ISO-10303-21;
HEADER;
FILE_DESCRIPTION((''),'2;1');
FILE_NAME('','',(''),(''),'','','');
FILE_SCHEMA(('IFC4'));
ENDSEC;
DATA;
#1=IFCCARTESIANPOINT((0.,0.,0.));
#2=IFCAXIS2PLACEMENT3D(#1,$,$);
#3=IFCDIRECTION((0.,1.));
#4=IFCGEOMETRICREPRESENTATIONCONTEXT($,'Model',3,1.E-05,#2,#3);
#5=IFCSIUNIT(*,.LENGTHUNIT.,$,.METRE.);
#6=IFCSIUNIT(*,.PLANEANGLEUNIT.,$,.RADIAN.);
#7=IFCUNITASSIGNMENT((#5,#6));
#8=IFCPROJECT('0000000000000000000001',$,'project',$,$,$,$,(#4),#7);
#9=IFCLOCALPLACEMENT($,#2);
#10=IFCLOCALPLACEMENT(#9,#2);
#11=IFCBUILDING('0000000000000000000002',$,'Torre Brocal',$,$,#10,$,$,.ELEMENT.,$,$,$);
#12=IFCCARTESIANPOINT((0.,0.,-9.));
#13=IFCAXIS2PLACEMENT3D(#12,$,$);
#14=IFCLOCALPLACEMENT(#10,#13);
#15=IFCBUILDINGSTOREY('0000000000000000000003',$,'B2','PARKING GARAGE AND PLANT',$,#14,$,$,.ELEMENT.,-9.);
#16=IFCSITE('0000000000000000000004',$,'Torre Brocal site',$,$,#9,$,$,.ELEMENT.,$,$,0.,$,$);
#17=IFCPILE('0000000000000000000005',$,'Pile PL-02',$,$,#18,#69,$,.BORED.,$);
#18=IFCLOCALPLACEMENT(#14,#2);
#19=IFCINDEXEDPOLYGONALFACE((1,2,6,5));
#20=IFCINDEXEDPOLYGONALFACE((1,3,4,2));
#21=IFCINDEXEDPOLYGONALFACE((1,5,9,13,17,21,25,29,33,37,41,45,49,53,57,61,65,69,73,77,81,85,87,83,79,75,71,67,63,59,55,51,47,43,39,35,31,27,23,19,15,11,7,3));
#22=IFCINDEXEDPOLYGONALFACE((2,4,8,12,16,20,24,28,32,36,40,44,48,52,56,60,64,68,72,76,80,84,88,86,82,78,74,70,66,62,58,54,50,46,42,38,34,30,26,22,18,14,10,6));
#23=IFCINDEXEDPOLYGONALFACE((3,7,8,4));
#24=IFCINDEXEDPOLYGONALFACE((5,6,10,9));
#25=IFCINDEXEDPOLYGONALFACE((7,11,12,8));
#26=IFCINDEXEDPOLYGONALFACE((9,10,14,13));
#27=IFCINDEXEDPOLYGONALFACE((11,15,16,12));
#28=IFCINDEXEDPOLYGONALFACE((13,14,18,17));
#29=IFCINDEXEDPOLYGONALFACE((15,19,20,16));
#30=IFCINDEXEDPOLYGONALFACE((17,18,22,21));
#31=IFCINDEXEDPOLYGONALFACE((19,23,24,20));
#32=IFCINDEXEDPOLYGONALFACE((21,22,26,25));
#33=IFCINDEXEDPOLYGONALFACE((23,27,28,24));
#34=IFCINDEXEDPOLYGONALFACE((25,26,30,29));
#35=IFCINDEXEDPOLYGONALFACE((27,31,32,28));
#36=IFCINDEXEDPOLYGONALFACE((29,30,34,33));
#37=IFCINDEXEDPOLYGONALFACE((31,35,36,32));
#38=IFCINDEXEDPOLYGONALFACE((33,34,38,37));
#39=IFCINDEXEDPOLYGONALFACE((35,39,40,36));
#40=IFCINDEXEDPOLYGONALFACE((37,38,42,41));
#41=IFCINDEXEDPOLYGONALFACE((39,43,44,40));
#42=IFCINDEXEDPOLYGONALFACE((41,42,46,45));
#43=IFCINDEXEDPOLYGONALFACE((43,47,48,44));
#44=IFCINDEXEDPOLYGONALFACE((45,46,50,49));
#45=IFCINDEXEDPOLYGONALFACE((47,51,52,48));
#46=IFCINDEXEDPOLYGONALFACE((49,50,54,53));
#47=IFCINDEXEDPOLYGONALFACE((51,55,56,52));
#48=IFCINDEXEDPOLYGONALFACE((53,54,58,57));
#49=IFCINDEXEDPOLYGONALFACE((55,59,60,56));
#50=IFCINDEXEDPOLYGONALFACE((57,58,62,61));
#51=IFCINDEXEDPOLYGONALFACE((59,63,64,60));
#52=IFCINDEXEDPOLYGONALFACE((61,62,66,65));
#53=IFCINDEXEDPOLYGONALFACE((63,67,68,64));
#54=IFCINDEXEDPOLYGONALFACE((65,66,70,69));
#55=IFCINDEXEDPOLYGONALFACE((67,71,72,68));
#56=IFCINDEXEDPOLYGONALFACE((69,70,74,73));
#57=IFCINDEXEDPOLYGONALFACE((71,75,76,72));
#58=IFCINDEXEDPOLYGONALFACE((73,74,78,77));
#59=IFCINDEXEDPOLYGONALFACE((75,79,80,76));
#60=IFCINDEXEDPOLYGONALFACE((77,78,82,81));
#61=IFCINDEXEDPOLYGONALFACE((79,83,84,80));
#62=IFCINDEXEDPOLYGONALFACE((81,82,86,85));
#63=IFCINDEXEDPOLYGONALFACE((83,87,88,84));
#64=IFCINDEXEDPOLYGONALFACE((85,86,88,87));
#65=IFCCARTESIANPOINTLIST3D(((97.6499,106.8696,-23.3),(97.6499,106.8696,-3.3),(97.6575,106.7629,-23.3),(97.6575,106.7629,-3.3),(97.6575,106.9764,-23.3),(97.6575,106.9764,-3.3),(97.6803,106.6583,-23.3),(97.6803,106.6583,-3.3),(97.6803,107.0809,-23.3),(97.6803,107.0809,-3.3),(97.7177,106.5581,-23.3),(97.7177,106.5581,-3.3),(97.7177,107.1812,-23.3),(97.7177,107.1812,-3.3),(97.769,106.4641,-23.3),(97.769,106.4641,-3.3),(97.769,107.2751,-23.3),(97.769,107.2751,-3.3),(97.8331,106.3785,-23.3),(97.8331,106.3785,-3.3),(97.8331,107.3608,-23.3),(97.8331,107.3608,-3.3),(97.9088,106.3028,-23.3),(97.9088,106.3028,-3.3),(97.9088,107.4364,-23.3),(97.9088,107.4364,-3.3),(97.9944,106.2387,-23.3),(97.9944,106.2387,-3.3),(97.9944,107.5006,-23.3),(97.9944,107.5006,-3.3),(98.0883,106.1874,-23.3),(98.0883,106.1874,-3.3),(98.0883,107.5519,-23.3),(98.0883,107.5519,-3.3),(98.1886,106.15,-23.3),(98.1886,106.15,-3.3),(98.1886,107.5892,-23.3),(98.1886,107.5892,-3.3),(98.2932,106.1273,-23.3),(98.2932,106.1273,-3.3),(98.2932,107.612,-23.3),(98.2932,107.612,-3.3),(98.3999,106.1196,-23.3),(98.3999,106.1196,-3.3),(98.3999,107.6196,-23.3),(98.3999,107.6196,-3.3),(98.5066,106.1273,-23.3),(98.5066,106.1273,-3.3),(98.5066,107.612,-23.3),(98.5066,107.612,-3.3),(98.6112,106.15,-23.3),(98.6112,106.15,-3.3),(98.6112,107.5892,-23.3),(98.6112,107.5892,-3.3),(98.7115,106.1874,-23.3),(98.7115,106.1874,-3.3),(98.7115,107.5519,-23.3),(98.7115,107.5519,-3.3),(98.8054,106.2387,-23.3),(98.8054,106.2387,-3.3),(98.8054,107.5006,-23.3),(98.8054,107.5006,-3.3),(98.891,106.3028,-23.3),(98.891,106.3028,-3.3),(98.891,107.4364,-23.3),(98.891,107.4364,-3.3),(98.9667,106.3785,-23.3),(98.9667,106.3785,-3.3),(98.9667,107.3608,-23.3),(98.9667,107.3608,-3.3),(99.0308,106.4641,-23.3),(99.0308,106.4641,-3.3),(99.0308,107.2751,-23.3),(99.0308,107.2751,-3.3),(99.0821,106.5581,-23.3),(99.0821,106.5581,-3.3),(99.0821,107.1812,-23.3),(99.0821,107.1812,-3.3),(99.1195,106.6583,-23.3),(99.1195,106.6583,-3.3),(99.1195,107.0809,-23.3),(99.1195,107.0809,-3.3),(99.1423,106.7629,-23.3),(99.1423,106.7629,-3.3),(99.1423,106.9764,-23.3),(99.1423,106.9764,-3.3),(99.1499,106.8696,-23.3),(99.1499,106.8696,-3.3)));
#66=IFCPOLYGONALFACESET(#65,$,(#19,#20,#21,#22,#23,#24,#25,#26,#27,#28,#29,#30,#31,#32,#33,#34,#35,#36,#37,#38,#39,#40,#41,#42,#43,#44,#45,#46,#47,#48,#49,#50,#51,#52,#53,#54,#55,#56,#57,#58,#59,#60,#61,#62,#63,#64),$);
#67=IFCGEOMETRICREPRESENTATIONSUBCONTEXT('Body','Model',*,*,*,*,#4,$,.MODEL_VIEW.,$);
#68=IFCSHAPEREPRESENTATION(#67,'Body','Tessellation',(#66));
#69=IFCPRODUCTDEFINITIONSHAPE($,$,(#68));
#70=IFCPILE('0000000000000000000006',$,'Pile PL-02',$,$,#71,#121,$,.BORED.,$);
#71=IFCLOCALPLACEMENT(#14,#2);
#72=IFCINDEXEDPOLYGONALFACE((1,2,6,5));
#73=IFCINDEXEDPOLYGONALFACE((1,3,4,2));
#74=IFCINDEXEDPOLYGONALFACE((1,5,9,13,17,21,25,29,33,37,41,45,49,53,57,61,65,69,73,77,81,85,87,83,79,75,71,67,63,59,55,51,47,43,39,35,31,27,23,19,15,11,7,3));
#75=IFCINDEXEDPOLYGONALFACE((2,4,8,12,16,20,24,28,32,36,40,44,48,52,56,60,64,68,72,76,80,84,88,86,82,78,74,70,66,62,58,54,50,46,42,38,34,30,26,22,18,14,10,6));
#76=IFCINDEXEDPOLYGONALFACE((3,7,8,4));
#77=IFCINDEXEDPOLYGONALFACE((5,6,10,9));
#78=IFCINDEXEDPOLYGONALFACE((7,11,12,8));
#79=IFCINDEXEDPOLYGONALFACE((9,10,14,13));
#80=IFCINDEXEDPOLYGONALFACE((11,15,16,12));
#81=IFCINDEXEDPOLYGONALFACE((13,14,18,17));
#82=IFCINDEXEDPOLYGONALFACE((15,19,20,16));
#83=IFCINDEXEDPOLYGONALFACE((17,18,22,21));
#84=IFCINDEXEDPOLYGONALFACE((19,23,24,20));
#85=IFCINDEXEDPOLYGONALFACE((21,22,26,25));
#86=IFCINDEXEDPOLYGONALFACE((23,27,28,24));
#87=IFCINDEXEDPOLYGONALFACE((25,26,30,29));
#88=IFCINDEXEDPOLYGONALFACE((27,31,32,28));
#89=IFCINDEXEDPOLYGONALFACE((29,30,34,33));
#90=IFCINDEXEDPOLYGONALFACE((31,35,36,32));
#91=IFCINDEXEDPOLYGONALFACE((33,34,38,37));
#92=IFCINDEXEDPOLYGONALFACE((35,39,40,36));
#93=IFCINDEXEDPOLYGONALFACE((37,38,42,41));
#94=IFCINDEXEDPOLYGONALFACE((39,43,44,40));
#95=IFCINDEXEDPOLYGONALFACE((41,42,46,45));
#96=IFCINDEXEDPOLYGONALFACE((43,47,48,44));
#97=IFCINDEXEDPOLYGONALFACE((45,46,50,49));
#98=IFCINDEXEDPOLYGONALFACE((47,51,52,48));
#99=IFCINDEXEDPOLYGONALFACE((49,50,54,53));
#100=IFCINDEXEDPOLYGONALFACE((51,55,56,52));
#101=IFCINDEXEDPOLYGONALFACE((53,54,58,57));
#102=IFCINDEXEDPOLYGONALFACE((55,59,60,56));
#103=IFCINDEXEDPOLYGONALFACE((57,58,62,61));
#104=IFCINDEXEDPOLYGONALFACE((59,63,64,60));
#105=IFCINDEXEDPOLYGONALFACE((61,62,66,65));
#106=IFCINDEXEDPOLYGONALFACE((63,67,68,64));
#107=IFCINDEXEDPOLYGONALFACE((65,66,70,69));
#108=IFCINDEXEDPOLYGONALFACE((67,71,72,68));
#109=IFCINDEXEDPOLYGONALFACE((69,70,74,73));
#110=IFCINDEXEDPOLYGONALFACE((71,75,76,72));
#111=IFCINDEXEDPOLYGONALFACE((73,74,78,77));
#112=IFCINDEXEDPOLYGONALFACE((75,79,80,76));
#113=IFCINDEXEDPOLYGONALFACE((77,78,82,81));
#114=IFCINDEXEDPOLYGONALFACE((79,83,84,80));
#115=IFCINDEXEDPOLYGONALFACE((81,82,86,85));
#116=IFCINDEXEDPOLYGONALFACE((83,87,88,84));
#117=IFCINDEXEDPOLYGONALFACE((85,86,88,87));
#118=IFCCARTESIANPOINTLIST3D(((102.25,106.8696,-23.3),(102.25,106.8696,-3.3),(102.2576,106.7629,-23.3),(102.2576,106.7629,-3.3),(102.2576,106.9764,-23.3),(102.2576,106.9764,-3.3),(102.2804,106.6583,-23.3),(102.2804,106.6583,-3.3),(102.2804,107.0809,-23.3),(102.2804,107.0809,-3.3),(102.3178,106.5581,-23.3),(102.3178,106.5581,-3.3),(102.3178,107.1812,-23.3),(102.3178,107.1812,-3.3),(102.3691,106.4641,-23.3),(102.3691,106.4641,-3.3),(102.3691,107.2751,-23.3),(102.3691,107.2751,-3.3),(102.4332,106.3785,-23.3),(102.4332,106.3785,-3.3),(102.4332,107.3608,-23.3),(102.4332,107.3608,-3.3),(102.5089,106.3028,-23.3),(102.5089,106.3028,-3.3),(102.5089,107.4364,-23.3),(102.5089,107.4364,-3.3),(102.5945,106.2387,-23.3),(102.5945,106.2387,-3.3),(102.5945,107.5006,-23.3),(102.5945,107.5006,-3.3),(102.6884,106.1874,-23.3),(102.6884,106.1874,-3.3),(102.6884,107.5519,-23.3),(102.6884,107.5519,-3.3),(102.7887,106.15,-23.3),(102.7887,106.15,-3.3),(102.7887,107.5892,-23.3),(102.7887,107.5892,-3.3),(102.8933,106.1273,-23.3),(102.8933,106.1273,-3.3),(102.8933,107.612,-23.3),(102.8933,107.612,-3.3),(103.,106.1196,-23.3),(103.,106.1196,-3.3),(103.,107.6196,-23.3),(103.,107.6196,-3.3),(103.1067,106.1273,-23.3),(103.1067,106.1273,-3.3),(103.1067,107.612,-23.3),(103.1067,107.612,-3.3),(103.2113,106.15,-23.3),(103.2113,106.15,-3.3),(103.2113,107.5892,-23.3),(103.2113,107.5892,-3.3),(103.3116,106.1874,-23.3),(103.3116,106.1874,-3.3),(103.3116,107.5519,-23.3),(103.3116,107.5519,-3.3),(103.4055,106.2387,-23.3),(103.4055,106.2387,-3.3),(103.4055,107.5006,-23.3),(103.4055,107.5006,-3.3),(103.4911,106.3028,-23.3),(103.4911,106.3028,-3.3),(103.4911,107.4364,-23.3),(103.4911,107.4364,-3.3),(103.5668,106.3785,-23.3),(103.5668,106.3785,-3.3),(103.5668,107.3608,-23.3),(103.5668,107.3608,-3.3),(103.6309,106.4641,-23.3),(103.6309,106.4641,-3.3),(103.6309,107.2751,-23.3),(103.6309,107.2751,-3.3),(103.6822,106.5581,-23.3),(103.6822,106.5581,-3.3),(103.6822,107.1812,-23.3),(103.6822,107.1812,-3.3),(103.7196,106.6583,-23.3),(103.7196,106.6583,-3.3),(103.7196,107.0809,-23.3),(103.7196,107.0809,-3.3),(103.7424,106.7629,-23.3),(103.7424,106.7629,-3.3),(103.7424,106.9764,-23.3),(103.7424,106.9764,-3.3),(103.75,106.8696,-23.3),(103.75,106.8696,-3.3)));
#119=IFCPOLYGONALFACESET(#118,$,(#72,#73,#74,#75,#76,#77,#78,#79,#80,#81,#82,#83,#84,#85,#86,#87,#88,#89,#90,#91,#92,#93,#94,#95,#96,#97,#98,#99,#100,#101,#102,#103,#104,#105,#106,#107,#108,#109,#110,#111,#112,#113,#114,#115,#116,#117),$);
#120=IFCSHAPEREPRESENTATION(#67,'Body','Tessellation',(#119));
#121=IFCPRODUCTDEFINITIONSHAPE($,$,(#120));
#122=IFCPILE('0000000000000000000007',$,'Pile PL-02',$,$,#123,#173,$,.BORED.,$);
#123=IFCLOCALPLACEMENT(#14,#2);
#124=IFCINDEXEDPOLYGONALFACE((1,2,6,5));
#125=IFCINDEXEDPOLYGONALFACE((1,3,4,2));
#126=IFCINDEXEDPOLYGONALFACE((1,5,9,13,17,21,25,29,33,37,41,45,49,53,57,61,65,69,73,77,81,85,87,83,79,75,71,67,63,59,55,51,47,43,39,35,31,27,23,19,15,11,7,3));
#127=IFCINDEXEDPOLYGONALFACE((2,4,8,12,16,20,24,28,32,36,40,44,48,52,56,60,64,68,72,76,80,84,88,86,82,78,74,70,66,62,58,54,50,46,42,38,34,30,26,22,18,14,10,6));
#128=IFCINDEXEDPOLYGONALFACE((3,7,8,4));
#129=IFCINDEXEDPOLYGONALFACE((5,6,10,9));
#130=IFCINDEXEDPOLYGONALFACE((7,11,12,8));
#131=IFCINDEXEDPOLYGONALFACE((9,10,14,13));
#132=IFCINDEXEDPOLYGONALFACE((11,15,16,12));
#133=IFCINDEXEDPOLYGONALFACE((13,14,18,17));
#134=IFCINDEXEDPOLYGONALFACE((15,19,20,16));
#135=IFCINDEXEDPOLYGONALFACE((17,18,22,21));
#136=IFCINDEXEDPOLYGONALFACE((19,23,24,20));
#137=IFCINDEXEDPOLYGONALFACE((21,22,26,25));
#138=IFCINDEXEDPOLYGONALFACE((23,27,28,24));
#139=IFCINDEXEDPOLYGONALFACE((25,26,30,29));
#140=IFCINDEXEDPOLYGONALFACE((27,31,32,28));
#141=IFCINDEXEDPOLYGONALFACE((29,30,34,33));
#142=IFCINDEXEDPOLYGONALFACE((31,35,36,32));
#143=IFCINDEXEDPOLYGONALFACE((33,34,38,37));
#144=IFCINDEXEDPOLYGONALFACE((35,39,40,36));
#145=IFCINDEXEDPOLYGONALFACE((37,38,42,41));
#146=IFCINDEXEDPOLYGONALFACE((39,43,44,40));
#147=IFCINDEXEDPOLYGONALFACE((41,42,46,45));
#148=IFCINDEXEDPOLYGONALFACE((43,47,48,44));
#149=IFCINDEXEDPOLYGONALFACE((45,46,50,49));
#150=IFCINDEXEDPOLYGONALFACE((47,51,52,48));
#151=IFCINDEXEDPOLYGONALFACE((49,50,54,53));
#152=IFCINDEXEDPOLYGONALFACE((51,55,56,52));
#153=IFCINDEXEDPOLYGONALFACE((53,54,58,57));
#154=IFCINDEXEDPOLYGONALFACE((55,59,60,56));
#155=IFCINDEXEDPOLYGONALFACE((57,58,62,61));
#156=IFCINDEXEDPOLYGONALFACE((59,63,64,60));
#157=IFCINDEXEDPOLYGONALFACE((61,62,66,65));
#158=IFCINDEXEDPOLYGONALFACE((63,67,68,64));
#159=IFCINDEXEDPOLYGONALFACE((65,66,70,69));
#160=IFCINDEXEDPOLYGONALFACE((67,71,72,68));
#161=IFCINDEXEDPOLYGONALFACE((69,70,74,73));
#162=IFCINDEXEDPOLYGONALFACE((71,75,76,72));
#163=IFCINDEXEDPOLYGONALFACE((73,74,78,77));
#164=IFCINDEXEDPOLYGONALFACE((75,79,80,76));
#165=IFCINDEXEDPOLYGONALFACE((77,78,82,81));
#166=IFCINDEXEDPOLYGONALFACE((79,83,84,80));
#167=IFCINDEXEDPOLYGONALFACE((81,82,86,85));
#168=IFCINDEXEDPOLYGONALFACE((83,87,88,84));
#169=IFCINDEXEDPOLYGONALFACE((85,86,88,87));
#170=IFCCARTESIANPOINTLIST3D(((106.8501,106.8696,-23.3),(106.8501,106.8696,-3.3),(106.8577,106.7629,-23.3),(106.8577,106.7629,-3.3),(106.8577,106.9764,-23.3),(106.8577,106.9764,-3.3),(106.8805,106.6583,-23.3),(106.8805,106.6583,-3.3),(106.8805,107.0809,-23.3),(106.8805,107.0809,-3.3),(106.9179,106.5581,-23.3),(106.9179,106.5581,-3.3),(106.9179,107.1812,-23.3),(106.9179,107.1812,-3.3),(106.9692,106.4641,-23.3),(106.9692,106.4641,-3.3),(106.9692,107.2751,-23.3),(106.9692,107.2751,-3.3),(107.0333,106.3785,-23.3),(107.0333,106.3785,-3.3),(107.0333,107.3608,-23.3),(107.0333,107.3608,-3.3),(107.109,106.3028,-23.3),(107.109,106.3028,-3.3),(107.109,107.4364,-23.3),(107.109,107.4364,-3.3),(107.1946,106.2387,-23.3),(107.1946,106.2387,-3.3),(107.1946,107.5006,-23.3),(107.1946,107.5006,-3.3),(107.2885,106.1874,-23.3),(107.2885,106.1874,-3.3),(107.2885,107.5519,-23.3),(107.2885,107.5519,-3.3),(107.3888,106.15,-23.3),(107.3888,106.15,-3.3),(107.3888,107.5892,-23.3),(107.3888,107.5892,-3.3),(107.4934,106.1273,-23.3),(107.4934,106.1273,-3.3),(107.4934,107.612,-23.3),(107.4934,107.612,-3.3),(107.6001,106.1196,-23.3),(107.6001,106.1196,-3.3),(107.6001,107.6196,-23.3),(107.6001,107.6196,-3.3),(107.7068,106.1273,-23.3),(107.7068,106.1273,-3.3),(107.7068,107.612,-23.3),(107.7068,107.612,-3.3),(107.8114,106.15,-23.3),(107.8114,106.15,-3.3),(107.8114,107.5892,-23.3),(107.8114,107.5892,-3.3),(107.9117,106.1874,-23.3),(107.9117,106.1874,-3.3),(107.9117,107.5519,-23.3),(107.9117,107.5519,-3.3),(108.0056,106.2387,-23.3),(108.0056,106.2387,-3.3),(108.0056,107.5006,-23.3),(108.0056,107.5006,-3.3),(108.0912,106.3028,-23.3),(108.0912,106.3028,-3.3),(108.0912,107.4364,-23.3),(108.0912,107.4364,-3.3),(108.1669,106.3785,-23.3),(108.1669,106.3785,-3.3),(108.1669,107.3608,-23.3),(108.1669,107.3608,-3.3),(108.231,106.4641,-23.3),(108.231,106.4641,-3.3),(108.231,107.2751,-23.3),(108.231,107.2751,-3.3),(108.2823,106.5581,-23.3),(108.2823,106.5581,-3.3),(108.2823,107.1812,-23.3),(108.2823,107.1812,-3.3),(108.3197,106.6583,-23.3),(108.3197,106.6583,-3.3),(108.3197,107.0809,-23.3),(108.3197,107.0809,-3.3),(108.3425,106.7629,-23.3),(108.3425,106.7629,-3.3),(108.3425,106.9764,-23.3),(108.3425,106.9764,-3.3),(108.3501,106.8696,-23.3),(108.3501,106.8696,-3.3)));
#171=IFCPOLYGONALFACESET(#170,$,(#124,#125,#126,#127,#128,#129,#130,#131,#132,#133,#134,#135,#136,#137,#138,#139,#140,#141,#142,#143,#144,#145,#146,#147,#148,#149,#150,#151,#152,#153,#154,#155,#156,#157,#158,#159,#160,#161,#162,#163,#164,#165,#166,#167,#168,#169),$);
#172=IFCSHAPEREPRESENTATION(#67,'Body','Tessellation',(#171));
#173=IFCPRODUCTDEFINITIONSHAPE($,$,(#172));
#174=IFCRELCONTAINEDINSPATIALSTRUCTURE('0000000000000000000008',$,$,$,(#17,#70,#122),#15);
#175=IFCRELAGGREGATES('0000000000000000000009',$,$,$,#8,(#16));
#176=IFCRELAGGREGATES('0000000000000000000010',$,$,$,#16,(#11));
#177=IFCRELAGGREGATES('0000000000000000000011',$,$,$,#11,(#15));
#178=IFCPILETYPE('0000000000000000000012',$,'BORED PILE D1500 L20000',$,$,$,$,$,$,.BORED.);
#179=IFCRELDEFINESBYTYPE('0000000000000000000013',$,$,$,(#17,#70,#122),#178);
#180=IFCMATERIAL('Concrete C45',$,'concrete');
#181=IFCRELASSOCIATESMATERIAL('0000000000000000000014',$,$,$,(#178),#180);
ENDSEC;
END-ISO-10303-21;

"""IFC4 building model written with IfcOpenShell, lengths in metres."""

from ifc_helpers import new_model, si_unit, direction, frame, origin, origin_2d, place, context, subcontext, project, spatial, circle, extrude, material, material_profile, profile_set, type_object, element, save


model = new_model("IFC4")

# Units and contexts
model_context = context("Model", 3, precision=1e-05, world=origin(), true_north=direction((0.0, 1.0)))
body_context = subcontext(model_context, "Body", "Model", "MODEL_VIEW")
ifc_project = project(units=[si_unit("LENGTHUNIT", "METRE"), si_unit("PLANEANGLEUNIT", "RADIAN")], contexts=[model_context])

# Site, building, storey
site_placement = place(None, origin())
site = spatial("IfcSite", under=ifc_project, at=site_placement, Name="Torre Brocal site", CompositionType="ELEMENT", RefElevation=0.0)
building_placement = place(site_placement, origin())
building = spatial("IfcBuilding", under=site, at=building_placement, Name="Torre Brocal", CompositionType="ELEMENT")
storey_placement = place(building_placement, frame((0.0, 0.0, -9.0)))
storey = spatial("IfcBuildingStorey", under=building, at=storey_placement, Name="B2", Description="PARKING GARAGE AND PLANT", CompositionType="ELEMENT", Elevation=-9.0)

# Piles
ifc_material_1 = material(Name="Concrete C45", Category="concrete")
ifc_material_profile_1 = material_profile(ifc_material_1, circle(Radius=0.75, at=origin_2d()), Name="BORED PILE D1500")
ifc_profile_set_1 = profile_set([ifc_material_profile_1], Name="Concrete C45")
pile_type_1 = type_object("IfcPileType", Name="BORED PILE D1500 L20000", PredefinedType="BORED", material=ifc_profile_set_1)
for number, where, z_axis, x_axis, name in (
    (1, (98.3999, 106.8696, -3.3), (0.0, 0.0, -1.0), (1.0, 0.0, 0.0), "Pile PL-02"),
    (2, (103.0, 106.8696, -3.3), (0.0, 0.0, -1.0), (1.0, 0.0, 0.0), "Pile PL-02"),
    (3, (107.6001, 106.8696, -3.3), (0.0, 0.0, -1.0), (1.0, 0.0, 0.0), "Pile PL-02"),
):
    element("IfcPile", number, at=place(storey_placement, frame(where, z_axis=z_axis, x_axis=x_axis)), inside=storey, type_object=pile_type_1, Name=name, PredefinedType="BORED", context=body_context, shape_type="SweptSolid", body=[
        extrude(circle(Radius=0.75, at=origin_2d()), origin(), (0.0, 0.0, 1.0), 20.0),
    ])

save(model, "model.ifc")
